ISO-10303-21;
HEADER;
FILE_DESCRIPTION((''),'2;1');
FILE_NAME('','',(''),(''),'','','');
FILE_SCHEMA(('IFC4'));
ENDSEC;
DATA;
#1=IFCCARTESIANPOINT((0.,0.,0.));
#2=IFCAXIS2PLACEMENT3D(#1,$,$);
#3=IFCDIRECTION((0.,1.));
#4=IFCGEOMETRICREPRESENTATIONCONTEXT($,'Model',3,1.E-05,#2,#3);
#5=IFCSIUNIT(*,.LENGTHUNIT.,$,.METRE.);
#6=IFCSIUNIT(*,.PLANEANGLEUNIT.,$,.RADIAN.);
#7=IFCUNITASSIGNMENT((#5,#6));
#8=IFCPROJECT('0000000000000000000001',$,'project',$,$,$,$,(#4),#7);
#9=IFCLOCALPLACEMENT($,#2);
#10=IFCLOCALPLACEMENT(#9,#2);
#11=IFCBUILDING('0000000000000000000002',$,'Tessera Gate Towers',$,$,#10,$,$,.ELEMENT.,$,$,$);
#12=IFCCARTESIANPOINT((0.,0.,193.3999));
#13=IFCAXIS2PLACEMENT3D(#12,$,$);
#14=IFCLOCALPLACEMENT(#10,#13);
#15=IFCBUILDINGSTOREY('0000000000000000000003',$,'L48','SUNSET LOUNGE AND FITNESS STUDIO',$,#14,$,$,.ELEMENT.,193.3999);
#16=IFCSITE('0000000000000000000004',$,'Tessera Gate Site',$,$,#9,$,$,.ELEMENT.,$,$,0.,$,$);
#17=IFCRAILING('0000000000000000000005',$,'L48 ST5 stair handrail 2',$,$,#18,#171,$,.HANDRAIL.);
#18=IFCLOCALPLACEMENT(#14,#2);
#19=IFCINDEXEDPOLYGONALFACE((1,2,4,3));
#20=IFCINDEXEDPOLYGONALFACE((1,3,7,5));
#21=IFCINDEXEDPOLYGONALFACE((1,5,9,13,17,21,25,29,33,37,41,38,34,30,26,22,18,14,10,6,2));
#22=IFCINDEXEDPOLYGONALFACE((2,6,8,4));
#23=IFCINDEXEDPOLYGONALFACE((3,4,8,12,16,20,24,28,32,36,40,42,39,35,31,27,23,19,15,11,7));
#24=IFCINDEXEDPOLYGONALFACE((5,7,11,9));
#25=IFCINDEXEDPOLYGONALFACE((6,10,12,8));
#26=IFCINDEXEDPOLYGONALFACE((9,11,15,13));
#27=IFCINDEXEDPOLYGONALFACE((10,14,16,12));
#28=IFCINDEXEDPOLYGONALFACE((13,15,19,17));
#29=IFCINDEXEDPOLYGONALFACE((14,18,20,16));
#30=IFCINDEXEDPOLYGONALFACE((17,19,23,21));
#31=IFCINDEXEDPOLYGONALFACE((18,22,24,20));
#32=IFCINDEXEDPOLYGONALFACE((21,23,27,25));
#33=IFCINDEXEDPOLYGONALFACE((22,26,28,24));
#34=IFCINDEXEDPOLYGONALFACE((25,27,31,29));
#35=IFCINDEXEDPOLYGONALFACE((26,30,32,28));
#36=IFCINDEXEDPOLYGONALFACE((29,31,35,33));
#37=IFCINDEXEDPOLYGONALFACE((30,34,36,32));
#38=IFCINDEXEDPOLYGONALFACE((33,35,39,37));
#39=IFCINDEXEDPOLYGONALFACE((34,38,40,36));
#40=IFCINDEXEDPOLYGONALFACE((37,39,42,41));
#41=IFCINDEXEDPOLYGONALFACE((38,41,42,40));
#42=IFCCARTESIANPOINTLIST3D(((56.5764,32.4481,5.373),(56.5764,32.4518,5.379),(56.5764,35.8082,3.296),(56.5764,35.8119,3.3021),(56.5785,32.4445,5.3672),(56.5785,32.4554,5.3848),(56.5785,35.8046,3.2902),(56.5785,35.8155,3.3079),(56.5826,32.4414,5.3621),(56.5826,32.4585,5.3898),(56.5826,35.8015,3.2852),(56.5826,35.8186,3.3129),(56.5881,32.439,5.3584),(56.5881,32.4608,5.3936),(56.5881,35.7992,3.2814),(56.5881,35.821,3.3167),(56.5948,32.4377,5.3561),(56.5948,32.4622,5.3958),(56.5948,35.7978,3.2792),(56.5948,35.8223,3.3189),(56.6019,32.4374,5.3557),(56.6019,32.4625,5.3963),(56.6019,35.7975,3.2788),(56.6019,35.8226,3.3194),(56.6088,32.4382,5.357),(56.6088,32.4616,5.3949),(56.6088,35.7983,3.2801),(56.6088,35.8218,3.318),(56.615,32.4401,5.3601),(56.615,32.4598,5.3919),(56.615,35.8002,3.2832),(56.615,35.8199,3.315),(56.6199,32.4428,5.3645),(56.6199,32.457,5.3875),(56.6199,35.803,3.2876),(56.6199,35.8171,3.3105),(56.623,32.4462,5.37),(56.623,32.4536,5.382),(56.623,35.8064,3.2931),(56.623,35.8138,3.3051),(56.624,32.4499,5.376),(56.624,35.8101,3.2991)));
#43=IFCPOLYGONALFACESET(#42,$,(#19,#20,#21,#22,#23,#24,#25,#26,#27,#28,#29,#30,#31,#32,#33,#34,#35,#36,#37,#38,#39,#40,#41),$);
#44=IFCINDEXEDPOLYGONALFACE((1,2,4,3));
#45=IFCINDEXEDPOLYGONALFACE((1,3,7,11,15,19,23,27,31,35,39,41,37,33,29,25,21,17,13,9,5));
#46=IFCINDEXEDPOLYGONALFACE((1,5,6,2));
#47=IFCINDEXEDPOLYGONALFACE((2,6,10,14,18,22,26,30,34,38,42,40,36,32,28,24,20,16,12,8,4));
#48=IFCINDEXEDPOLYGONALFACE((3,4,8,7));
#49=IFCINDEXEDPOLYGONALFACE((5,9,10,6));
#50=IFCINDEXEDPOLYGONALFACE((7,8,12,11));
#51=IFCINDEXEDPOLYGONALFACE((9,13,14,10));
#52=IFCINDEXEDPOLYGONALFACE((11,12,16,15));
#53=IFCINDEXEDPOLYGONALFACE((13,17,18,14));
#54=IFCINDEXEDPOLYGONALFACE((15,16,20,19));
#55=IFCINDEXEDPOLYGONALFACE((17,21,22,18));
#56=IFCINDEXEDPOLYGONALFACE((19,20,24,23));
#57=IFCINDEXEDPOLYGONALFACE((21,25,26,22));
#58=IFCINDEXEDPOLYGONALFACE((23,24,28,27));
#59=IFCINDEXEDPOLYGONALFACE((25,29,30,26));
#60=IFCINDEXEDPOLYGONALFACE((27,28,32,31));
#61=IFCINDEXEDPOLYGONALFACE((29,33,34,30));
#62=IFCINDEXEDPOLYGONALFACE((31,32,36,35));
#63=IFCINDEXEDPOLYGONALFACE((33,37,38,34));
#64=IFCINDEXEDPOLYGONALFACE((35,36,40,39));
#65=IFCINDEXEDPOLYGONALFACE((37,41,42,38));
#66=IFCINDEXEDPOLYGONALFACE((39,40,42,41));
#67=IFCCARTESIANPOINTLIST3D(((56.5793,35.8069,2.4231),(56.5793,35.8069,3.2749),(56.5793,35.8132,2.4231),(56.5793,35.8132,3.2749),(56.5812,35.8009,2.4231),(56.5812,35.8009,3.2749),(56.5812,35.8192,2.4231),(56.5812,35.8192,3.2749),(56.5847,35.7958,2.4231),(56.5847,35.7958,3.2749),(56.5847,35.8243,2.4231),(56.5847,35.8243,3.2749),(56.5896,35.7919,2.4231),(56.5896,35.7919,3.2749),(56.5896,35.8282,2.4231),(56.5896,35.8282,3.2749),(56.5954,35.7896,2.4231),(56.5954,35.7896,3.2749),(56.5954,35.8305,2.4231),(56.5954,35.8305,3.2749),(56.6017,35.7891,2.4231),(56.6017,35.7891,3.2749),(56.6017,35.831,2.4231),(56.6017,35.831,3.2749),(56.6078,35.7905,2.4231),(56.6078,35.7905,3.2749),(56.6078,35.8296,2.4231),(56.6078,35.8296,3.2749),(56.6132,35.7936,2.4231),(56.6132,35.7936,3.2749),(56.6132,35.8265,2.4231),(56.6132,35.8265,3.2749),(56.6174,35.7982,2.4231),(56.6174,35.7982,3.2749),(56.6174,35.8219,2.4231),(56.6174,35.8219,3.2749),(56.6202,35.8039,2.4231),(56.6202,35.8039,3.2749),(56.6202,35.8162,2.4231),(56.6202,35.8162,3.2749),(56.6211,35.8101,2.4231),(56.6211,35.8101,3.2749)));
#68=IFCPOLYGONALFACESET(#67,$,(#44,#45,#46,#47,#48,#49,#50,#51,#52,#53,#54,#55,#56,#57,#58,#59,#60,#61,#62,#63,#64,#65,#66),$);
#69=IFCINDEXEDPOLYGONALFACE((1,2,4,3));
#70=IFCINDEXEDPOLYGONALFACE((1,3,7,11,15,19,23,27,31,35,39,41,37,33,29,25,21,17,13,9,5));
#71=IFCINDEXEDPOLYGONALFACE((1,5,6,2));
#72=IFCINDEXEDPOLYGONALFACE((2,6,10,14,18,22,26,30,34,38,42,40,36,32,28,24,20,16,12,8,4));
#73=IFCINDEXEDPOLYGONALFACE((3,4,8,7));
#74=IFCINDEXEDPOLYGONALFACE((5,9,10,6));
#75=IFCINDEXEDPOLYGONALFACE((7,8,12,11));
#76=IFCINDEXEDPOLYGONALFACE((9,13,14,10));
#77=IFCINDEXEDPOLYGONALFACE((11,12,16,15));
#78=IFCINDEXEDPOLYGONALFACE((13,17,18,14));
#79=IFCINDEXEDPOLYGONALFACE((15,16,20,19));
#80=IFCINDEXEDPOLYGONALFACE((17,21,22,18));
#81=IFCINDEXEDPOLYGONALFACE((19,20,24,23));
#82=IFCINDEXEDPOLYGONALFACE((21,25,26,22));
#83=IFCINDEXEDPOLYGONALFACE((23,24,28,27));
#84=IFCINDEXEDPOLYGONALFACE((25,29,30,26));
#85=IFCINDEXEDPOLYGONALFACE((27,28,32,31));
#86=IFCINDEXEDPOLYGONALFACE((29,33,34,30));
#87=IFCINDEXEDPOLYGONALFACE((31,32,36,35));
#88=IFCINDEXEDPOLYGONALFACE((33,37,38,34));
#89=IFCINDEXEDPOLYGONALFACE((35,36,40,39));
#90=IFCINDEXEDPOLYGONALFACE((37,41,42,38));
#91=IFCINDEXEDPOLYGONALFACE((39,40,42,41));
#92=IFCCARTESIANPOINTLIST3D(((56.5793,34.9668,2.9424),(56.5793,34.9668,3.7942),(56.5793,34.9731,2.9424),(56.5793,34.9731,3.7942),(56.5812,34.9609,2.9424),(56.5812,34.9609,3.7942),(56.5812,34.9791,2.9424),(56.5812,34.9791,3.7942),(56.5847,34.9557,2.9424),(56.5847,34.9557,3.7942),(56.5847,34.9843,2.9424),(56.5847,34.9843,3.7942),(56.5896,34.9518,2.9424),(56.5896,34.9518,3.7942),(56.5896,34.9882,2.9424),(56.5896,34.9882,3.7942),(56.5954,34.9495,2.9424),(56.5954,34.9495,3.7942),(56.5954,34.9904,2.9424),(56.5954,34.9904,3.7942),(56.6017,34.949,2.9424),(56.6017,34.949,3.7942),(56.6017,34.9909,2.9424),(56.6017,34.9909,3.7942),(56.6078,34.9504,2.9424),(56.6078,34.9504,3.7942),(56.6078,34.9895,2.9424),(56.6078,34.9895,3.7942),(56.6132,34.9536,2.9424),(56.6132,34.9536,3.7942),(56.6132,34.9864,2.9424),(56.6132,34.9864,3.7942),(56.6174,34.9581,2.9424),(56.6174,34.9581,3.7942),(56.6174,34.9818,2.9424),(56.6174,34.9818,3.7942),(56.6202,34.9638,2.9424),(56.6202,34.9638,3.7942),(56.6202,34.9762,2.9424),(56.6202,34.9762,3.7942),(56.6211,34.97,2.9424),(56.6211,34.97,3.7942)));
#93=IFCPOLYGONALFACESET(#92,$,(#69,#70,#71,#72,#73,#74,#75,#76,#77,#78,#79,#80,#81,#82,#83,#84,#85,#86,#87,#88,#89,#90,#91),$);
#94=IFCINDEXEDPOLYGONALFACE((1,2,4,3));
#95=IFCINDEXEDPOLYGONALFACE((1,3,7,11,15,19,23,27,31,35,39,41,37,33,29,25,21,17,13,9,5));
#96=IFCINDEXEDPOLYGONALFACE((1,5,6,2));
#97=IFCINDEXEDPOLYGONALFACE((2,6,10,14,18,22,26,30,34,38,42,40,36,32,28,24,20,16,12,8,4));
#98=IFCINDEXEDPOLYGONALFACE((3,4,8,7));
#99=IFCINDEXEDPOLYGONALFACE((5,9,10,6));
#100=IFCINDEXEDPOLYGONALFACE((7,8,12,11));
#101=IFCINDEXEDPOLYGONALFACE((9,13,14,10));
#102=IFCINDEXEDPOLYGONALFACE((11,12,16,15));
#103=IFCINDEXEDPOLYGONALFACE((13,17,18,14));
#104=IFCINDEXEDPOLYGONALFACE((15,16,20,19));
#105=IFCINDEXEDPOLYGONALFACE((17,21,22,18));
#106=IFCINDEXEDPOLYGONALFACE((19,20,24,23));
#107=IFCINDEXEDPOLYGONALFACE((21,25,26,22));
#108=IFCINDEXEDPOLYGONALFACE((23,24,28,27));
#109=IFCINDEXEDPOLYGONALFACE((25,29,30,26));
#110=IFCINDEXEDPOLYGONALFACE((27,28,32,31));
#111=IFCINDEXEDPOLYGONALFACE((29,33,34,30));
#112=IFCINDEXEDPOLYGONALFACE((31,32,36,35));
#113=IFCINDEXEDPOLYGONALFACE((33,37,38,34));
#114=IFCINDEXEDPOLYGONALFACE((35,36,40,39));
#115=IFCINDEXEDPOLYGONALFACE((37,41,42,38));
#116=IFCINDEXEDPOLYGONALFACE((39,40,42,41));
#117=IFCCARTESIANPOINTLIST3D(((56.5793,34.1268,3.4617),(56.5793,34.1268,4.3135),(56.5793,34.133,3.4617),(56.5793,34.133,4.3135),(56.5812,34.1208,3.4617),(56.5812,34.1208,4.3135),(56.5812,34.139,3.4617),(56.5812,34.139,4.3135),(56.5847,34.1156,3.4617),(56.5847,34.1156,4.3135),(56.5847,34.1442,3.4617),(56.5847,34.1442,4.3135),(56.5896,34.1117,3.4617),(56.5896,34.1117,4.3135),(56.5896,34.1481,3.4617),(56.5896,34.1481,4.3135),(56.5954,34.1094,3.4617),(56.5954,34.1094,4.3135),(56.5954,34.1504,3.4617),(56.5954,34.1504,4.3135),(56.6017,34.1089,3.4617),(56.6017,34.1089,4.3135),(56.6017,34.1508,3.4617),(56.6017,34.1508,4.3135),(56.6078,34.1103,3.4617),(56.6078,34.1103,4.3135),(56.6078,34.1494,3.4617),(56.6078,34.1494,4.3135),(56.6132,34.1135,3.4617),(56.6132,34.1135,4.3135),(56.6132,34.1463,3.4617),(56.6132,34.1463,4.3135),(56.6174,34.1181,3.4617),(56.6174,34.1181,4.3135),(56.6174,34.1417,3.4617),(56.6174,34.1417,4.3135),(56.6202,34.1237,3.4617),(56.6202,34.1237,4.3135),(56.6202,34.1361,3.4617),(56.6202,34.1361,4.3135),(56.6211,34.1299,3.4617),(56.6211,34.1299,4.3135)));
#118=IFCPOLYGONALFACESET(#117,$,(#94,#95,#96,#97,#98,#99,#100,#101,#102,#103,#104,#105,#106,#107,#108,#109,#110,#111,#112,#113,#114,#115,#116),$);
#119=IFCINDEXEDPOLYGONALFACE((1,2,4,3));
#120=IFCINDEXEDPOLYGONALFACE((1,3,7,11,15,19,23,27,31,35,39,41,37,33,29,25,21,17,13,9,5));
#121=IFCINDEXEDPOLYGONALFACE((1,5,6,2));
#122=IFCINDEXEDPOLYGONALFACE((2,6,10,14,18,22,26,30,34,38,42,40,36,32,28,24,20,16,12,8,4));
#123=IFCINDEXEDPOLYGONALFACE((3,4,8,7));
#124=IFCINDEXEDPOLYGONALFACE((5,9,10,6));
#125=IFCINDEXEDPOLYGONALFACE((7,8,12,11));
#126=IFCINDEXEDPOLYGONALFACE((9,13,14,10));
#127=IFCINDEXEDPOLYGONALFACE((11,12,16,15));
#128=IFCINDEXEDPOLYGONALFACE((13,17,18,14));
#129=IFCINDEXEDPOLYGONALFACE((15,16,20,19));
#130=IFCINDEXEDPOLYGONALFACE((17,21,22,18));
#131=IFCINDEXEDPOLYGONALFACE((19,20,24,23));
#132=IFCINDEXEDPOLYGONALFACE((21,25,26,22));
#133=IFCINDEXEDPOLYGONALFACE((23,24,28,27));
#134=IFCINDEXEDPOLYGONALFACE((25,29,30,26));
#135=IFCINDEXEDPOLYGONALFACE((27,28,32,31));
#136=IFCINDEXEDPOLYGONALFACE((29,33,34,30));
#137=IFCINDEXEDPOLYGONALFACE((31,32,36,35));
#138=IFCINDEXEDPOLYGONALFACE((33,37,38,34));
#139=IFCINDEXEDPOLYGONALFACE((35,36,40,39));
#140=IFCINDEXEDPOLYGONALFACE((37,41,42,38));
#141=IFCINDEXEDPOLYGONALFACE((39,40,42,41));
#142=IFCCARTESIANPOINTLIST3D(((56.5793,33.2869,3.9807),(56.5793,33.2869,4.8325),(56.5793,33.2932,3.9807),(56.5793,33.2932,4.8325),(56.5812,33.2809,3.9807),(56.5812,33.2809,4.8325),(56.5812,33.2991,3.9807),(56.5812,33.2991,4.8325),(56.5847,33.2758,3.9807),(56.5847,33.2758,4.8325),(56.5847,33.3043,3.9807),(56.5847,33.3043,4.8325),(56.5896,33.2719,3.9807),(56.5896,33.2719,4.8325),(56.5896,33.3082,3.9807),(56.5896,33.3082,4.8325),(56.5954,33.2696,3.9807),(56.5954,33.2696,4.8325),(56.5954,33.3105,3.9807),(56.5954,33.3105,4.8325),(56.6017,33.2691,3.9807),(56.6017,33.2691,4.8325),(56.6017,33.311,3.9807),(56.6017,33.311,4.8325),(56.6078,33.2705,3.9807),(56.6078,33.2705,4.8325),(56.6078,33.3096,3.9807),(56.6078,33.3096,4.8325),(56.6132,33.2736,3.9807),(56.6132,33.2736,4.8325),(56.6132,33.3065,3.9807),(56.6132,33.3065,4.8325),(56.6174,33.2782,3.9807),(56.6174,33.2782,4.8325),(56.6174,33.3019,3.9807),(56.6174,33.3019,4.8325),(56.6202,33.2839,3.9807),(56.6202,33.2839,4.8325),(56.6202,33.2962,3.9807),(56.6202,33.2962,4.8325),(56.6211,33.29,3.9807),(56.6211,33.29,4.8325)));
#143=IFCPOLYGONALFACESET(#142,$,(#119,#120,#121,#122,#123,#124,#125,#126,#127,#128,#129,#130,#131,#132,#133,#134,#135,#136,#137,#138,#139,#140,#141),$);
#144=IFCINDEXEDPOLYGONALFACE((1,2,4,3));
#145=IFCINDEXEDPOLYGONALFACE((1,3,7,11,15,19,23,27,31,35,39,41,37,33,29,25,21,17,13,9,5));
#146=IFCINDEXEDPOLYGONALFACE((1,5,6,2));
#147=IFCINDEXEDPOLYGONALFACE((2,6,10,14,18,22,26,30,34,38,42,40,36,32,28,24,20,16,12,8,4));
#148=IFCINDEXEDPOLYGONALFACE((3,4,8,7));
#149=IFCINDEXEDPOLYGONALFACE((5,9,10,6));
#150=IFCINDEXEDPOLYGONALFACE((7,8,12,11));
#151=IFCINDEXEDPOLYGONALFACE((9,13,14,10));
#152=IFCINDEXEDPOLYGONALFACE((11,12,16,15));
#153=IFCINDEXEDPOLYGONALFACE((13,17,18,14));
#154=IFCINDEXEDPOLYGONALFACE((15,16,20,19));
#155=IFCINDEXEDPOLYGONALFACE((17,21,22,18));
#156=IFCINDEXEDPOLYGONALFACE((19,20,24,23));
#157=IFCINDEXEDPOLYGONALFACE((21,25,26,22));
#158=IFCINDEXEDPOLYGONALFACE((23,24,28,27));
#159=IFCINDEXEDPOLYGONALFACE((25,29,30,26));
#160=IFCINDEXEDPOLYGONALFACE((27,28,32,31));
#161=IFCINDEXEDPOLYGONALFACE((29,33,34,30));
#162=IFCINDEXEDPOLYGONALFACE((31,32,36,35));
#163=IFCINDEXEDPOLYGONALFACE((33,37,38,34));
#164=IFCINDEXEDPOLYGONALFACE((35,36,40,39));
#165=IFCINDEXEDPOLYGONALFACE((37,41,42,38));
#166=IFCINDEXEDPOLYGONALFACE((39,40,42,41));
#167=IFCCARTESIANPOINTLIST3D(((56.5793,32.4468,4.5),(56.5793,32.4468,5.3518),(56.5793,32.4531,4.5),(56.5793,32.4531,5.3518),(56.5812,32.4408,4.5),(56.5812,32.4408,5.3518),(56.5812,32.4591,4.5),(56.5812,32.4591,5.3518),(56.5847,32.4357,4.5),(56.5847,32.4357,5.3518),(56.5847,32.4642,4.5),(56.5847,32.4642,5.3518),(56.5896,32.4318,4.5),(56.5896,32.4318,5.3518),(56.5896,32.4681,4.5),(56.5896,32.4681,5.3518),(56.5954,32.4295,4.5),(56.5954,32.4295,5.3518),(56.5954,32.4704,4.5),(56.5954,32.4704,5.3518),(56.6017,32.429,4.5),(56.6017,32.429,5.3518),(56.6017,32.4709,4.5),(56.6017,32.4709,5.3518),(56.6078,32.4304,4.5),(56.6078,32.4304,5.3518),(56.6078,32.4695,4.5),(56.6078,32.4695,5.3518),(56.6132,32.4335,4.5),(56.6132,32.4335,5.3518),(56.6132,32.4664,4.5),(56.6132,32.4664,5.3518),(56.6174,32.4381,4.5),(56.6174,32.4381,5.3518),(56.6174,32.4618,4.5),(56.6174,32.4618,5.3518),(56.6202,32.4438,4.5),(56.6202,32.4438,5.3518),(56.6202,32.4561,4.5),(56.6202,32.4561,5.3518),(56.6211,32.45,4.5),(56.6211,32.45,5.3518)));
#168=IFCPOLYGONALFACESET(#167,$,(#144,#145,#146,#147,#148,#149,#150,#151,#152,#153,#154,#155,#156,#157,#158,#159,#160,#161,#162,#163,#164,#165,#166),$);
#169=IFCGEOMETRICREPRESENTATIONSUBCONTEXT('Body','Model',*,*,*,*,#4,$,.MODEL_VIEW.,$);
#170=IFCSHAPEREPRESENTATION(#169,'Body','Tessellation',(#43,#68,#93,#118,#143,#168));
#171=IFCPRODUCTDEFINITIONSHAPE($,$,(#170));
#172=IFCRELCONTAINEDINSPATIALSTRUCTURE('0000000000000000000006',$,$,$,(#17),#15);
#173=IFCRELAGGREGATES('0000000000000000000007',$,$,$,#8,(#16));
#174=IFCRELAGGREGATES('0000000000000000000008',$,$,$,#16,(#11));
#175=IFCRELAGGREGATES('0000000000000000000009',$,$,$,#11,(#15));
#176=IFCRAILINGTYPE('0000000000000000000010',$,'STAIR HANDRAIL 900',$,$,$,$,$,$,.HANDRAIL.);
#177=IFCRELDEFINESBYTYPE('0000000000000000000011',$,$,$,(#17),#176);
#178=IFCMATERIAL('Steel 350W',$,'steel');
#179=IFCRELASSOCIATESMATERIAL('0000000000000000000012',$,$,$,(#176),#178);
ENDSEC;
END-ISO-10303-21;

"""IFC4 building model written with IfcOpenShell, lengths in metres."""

from ifc_helpers import new_model, si_unit, direction, frame, origin, origin_2d, place, context, subcontext, project, spatial, circle, extrude, material, type_object, element, save


model = new_model("IFC4")

# Units and contexts
model_context = context("Model", 3, precision=1e-05, world=origin(), true_north=direction((0.0, 1.0)))
body_context = subcontext(model_context, "Body", "Model", "MODEL_VIEW")
ifc_project = project(units=[si_unit("LENGTHUNIT", "METRE"), si_unit("PLANEANGLEUNIT", "RADIAN")], contexts=[model_context])

# Site, building, storey
site_placement = place(None, origin())
site = spatial("IfcSite", under=ifc_project, at=site_placement, Name="Tessera Gate Site", CompositionType="ELEMENT", RefElevation=0.0)
building_placement = place(site_placement, origin())
building = spatial("IfcBuilding", under=site, at=building_placement, Name="Tessera Gate Towers", CompositionType="ELEMENT")
storey_placement = place(building_placement, frame((0.0, 0.0, 193.3999)))
storey = spatial("IfcBuildingStorey", under=building, at=storey_placement, Name="L48", Description="SUNSET LOUNGE AND FITNESS STUDIO", CompositionType="ELEMENT", Elevation=193.3999)

# Railing
ifc_material_1 = material(Name="Steel 350W", Category="steel")
railing_type_1 = type_object("IfcRailingType", Name="STAIR HANDRAIL 900", PredefinedType="HANDRAIL", material=ifc_material_1)
railing_1_placement = place(storey_placement, frame((56.6001, 35.8101, 2.4231)))
element("IfcRailing", 1, at=railing_1_placement, inside=storey, type_object=railing_type_1, Name="L48 ST5 stair handrail 2", PredefinedType="HANDRAIL", context=body_context, shape_type="SweptSolid", body=[
    extrude(circle(Radius=0.0239, at=origin_2d()), frame((0.0, 0.0, 0.876), z_axis=(0.0, -0.850623, 0.525776), x_axis=(1.0, 0.0, 0.0)), (0.0, 0.0, 1.0), 3.9502),
    extrude(circle(Radius=0.021, at=origin_2d()), origin(), (0.0, 0.0, 1.0), 0.8518),
    extrude(circle(Radius=0.021, at=origin_2d()), frame((0.0, -0.8401, 0.5193)), (0.0, 0.0, 1.0), 0.8518),
    extrude(circle(Radius=0.021, at=origin_2d()), frame((0.0, -1.6802, 1.0386)), (0.0, 0.0, 1.0), 0.8518),
    extrude(circle(Radius=0.021, at=origin_2d()), frame((0.0, -2.52, 1.5576)), (0.0, 0.0, 1.0), 0.8518),
    extrude(circle(Radius=0.021, at=origin_2d()), frame((0.0, -3.3601, 2.0769)), (0.0, 0.0, 1.0), 0.8518),
])

save(model, "model.ifc")
